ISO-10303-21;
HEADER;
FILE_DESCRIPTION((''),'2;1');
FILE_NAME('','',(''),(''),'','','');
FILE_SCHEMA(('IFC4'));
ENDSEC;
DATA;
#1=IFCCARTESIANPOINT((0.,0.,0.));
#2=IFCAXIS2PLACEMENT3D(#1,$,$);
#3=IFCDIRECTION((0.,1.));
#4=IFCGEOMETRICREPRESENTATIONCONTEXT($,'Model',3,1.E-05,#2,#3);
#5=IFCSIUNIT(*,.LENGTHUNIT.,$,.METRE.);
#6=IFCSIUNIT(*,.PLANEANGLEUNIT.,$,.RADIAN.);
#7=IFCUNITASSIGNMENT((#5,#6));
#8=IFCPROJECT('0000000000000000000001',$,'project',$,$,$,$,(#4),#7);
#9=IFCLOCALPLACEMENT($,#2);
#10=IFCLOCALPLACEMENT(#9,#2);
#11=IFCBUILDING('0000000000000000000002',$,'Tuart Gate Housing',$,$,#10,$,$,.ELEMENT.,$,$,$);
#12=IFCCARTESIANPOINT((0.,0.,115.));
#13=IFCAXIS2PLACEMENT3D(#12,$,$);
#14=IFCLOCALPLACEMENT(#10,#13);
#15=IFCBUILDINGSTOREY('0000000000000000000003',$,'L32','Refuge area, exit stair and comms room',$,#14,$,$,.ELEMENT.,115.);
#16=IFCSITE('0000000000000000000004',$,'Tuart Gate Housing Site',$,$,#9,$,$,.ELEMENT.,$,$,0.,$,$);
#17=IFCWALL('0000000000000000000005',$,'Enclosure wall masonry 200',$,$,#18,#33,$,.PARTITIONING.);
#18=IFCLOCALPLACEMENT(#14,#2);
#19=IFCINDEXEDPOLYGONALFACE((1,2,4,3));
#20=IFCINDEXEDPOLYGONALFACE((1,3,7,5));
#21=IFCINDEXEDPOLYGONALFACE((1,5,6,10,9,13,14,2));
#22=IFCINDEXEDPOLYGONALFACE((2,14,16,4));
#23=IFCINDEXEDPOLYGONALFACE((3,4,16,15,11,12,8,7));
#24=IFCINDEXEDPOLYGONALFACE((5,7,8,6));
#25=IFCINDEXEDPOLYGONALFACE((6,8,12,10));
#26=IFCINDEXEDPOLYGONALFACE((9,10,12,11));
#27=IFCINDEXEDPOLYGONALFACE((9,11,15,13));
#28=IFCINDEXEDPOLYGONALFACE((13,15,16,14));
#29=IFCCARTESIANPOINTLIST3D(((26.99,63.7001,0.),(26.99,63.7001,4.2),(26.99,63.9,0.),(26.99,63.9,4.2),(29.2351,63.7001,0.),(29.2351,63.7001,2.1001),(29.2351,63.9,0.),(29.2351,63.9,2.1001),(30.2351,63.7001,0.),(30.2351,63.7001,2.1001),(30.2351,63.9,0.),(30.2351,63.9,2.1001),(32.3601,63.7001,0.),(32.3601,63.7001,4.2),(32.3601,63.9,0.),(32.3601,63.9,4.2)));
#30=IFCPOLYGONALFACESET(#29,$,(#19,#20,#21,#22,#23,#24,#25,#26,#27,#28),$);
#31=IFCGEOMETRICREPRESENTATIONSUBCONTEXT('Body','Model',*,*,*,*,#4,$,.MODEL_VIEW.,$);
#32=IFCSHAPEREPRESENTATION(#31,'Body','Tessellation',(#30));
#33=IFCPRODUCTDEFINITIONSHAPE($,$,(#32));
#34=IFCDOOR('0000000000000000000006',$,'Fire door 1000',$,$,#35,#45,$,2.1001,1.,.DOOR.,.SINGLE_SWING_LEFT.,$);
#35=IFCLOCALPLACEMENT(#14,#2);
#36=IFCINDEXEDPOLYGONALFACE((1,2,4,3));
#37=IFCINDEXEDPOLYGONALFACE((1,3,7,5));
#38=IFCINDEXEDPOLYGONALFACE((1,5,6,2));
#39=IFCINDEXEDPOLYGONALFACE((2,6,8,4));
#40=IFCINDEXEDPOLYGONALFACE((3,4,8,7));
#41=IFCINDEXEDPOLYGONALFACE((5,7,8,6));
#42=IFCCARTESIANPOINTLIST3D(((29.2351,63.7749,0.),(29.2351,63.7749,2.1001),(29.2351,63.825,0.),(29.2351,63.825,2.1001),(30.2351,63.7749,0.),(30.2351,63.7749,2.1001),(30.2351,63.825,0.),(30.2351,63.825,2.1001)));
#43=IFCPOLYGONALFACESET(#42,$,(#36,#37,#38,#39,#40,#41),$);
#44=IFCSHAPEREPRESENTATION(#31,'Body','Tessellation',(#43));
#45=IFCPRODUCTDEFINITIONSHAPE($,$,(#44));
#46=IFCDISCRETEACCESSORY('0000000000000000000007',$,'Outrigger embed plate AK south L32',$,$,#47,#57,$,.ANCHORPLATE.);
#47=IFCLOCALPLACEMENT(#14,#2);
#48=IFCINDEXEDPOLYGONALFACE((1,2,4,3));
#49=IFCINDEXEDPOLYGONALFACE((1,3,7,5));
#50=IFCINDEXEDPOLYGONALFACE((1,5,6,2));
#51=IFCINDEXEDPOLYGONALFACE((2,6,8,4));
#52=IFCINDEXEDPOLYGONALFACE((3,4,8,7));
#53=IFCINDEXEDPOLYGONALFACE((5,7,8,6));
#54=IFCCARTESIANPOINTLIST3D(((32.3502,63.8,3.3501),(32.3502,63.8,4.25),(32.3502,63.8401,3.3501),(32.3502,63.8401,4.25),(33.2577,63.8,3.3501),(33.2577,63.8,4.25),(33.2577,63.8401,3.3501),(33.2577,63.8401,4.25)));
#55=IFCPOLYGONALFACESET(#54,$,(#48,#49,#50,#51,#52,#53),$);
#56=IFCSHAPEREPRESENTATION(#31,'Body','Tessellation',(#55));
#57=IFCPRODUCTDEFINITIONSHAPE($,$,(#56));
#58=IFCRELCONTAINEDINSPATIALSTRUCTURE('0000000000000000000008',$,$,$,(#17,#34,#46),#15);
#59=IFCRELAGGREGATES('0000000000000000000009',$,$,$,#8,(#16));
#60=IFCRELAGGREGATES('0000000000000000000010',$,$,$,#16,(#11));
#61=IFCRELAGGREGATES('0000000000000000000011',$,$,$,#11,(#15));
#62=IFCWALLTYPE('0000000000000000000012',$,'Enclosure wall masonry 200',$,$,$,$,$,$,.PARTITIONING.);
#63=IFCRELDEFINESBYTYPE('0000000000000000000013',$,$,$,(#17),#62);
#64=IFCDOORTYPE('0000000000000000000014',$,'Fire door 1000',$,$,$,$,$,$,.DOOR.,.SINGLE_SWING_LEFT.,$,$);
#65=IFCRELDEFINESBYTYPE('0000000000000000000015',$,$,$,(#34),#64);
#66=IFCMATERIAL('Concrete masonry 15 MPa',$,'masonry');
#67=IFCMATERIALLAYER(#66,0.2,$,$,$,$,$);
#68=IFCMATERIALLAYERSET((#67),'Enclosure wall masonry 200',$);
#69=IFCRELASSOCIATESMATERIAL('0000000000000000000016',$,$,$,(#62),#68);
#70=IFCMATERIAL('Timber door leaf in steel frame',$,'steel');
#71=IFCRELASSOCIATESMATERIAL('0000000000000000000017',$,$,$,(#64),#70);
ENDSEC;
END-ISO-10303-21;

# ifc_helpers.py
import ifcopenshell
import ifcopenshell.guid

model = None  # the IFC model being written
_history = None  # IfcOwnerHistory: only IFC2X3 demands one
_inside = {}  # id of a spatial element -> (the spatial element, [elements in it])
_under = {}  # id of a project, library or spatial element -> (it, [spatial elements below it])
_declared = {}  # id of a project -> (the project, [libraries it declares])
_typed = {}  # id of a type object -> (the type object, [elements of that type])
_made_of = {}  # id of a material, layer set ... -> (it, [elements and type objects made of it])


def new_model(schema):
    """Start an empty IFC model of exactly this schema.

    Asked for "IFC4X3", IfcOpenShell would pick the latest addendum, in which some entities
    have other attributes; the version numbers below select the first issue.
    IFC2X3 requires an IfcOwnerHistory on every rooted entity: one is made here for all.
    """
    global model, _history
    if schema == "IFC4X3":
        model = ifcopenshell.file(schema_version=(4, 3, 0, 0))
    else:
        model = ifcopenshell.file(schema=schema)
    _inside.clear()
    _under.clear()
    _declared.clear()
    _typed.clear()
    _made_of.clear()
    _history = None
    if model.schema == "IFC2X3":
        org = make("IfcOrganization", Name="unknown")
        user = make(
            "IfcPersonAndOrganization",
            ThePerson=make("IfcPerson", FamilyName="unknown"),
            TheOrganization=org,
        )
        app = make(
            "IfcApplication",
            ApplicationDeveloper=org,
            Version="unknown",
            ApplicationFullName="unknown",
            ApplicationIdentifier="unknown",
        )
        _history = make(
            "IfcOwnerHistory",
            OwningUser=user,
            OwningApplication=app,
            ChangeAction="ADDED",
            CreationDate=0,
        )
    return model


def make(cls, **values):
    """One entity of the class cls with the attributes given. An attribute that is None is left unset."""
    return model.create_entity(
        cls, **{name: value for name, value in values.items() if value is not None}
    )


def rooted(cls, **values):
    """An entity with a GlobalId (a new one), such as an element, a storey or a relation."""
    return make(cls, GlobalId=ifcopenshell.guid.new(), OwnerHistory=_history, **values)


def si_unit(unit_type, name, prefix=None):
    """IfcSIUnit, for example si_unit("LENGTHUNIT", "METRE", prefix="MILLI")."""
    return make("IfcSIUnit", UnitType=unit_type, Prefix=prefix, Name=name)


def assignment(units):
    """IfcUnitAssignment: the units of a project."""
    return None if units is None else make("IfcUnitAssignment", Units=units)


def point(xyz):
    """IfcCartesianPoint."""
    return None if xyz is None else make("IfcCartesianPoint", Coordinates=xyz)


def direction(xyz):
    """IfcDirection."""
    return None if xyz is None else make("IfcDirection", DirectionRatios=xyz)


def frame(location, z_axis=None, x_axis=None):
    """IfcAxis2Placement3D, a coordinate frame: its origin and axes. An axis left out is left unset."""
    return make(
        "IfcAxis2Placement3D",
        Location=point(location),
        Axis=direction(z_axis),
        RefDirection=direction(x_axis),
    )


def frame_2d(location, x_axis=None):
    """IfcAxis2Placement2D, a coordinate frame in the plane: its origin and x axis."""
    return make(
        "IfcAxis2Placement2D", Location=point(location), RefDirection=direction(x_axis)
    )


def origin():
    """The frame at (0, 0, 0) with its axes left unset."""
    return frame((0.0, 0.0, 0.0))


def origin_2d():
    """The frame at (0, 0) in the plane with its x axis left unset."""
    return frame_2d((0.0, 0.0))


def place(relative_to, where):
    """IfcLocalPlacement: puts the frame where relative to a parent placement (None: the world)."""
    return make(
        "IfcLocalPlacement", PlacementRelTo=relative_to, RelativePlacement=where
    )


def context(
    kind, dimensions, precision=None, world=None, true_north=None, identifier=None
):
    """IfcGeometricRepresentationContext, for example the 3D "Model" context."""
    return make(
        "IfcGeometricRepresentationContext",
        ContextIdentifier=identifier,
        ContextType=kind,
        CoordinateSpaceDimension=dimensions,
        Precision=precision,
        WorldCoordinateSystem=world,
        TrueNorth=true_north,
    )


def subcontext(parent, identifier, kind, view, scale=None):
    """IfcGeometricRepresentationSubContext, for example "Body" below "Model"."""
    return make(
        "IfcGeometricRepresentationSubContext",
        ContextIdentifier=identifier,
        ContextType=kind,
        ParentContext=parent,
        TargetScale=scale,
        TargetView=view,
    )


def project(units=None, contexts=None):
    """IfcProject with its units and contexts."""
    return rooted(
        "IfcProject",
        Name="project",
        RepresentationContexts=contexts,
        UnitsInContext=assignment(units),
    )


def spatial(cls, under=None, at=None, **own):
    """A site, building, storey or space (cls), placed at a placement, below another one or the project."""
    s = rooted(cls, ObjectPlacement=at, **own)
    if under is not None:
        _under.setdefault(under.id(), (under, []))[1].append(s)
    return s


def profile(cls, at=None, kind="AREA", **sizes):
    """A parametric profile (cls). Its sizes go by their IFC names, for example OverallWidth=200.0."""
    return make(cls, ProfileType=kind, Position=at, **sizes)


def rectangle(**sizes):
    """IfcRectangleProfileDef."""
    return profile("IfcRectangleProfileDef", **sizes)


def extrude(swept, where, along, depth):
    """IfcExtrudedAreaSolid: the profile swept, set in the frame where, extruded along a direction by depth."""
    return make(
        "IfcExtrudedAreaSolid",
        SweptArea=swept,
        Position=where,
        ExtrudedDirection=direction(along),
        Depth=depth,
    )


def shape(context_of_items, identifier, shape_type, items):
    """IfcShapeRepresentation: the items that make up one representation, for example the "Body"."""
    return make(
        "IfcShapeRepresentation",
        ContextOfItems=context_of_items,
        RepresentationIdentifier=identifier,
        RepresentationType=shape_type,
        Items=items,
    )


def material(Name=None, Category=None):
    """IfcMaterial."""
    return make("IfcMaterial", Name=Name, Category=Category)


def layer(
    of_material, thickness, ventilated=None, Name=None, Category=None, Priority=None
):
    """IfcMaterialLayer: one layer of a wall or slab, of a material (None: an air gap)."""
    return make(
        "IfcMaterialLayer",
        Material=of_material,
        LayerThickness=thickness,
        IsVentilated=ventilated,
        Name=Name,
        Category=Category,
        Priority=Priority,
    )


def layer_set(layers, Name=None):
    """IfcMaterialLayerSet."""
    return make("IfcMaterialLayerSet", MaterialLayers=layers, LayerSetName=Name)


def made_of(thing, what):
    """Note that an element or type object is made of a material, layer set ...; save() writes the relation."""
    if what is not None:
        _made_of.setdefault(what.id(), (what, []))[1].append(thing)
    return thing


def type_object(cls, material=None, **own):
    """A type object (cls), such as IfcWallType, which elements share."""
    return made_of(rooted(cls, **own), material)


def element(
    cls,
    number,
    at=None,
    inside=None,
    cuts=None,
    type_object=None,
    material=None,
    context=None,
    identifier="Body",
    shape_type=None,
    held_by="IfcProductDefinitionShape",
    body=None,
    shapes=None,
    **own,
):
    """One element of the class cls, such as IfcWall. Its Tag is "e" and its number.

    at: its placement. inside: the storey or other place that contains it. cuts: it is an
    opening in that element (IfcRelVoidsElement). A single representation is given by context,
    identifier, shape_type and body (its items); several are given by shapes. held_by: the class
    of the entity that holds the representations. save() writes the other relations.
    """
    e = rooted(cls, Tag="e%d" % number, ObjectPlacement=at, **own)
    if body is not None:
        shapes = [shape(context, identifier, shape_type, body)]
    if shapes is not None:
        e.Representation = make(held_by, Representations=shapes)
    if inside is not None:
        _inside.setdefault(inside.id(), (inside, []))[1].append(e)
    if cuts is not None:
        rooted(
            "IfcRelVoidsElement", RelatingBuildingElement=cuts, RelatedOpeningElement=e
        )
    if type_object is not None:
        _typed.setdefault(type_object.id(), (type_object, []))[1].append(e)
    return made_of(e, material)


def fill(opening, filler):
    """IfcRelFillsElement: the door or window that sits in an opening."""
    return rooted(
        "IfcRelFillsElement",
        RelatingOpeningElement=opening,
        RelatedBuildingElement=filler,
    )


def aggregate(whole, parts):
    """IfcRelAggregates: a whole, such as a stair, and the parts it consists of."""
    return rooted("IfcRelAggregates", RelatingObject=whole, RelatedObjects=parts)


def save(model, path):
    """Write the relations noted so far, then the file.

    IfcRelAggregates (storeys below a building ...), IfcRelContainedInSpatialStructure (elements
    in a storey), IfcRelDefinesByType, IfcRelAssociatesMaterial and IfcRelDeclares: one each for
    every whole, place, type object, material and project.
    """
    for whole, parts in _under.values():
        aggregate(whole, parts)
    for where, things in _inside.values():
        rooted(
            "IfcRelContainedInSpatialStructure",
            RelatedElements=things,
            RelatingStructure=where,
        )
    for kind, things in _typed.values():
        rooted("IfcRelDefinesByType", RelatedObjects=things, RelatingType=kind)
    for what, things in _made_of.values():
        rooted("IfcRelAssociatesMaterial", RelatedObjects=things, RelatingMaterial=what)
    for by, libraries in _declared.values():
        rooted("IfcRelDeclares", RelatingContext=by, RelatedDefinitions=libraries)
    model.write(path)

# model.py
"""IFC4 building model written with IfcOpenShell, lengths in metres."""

from ifc_helpers import new_model, si_unit, direction, frame, frame_2d, origin, origin_2d, place, context, subcontext, project, spatial, rectangle, extrude, material, layer, layer_set, type_object, element, fill, save


model = new_model("IFC4")

# Units and contexts
model_context = context("Model", 3, precision=1e-05, world=origin(), true_north=direction((0.0, 1.0)))
body_context = subcontext(model_context, "Body", "Model", "MODEL_VIEW")
ifc_project = project(units=[si_unit("LENGTHUNIT", "METRE"), si_unit("PLANEANGLEUNIT", "RADIAN")], contexts=[model_context])

# Site, building, storey
site_placement = place(None, origin())
site = spatial("IfcSite", under=ifc_project, at=site_placement, Name="Tuart Gate Housing Site", CompositionType="ELEMENT", RefElevation=0.0)
building_placement = place(site_placement, origin())
building = spatial("IfcBuilding", under=site, at=building_placement, Name="Tuart Gate Housing", CompositionType="ELEMENT")
storey_placement = place(building_placement, frame((0.0, 0.0, 115.0)))
storey = spatial("IfcBuildingStorey", under=building, at=storey_placement, Name="L32", Description="Refuge area, exit stair and comms room", CompositionType="ELEMENT", Elevation=115.0)

# Shared definitions
ifc_material_1 = material(Name="Concrete masonry 15 MPa", Category="masonry")
ifc_layer_1 = layer(ifc_material_1, 0.2)
ifc_layer_set_1 = layer_set([ifc_layer_1], Name="Enclosure wall masonry 200")
wall_type_1 = type_object("IfcWallType", Name="Enclosure wall masonry 200", PredefinedType="PARTITIONING", material=ifc_layer_set_1)
ifc_material_2 = material(Name="Timber door leaf in steel frame", Category="steel")
door_type_1 = type_object("IfcDoorType", Name="Fire door 1000", OperationType="SINGLE_SWING_LEFT", PredefinedType="DOOR", material=ifc_material_2)

# Wall, opening, door
wall_1_placement = place(storey_placement, frame((26.99, 63.8, 0.0), z_axis=(0.0, 0.0, 1.0), x_axis=(1.0, 0.0, 0.0)))
wall_1 = element("IfcWall", 1, at=wall_1_placement, inside=storey, type_object=wall_type_1, Name="Enclosure wall masonry 200", PredefinedType="PARTITIONING", context=body_context, shape_type="SweptSolid", body=[
    extrude(rectangle(XDim=5.3701, YDim=0.2, at=frame_2d((2.6851, 0.0))), origin(), (0.0, 0.0, 1.0), 4.2),
])
opening_1_placement = place(wall_1_placement, frame((2.2451, 0.0, 0.0)))
opening_1 = element("IfcOpeningElement", 2, at=opening_1_placement, cuts=wall_1, PredefinedType="OPENING", context=body_context, shape_type="SweptSolid", body=[
    extrude(rectangle(XDim=1.0, YDim=2.1001, at=frame_2d((0.5, 1.05))), frame((0.0, 0.1099, 0.0), z_axis=(0.0, -1.0, 0.0), x_axis=(1.0, 0.0, 0.0)), (0.0, 0.0, 1.0), 0.22),
])
door_1_placement = place(opening_1_placement, origin())
door_1 = element("IfcDoor", 3, at=door_1_placement, inside=storey, type_object=door_type_1, Name="Fire door 1000", OperationType="SINGLE_SWING_LEFT", OverallHeight=2.1001, OverallWidth=1.0, PredefinedType="DOOR", context=body_context, shape_type="SweptSolid", body=[
    extrude(rectangle(XDim=1.0, YDim=2.1001, at=frame_2d((0.5, 1.05))), frame((0.0, 0.0249, 0.0), z_axis=(0.0, -1.0, 0.0), x_axis=(1.0, 0.0, 0.0)), (0.0, 0.0, 1.0), 0.05),
])
fill(opening_1, door_1)

# Discrete accessory
discrete_accessory_placement = place(storey_placement, frame((32.804, 63.8201, 3.3501), z_axis=(0.0, 0.0, 1.0), x_axis=(1.0, 0.0, 0.0)))
element("IfcDiscreteAccessory", 4, at=discrete_accessory_placement, inside=storey, Name="Outrigger embed plate AK south L32", PredefinedType="ANCHORPLATE", context=body_context, shape_type="SweptSolid", body=[
    extrude(rectangle(XDim=0.9075, YDim=0.04, at=origin_2d()), origin(), (0.0, 0.0, 1.0), 0.8999),
])

save(model, "model.ifc")
